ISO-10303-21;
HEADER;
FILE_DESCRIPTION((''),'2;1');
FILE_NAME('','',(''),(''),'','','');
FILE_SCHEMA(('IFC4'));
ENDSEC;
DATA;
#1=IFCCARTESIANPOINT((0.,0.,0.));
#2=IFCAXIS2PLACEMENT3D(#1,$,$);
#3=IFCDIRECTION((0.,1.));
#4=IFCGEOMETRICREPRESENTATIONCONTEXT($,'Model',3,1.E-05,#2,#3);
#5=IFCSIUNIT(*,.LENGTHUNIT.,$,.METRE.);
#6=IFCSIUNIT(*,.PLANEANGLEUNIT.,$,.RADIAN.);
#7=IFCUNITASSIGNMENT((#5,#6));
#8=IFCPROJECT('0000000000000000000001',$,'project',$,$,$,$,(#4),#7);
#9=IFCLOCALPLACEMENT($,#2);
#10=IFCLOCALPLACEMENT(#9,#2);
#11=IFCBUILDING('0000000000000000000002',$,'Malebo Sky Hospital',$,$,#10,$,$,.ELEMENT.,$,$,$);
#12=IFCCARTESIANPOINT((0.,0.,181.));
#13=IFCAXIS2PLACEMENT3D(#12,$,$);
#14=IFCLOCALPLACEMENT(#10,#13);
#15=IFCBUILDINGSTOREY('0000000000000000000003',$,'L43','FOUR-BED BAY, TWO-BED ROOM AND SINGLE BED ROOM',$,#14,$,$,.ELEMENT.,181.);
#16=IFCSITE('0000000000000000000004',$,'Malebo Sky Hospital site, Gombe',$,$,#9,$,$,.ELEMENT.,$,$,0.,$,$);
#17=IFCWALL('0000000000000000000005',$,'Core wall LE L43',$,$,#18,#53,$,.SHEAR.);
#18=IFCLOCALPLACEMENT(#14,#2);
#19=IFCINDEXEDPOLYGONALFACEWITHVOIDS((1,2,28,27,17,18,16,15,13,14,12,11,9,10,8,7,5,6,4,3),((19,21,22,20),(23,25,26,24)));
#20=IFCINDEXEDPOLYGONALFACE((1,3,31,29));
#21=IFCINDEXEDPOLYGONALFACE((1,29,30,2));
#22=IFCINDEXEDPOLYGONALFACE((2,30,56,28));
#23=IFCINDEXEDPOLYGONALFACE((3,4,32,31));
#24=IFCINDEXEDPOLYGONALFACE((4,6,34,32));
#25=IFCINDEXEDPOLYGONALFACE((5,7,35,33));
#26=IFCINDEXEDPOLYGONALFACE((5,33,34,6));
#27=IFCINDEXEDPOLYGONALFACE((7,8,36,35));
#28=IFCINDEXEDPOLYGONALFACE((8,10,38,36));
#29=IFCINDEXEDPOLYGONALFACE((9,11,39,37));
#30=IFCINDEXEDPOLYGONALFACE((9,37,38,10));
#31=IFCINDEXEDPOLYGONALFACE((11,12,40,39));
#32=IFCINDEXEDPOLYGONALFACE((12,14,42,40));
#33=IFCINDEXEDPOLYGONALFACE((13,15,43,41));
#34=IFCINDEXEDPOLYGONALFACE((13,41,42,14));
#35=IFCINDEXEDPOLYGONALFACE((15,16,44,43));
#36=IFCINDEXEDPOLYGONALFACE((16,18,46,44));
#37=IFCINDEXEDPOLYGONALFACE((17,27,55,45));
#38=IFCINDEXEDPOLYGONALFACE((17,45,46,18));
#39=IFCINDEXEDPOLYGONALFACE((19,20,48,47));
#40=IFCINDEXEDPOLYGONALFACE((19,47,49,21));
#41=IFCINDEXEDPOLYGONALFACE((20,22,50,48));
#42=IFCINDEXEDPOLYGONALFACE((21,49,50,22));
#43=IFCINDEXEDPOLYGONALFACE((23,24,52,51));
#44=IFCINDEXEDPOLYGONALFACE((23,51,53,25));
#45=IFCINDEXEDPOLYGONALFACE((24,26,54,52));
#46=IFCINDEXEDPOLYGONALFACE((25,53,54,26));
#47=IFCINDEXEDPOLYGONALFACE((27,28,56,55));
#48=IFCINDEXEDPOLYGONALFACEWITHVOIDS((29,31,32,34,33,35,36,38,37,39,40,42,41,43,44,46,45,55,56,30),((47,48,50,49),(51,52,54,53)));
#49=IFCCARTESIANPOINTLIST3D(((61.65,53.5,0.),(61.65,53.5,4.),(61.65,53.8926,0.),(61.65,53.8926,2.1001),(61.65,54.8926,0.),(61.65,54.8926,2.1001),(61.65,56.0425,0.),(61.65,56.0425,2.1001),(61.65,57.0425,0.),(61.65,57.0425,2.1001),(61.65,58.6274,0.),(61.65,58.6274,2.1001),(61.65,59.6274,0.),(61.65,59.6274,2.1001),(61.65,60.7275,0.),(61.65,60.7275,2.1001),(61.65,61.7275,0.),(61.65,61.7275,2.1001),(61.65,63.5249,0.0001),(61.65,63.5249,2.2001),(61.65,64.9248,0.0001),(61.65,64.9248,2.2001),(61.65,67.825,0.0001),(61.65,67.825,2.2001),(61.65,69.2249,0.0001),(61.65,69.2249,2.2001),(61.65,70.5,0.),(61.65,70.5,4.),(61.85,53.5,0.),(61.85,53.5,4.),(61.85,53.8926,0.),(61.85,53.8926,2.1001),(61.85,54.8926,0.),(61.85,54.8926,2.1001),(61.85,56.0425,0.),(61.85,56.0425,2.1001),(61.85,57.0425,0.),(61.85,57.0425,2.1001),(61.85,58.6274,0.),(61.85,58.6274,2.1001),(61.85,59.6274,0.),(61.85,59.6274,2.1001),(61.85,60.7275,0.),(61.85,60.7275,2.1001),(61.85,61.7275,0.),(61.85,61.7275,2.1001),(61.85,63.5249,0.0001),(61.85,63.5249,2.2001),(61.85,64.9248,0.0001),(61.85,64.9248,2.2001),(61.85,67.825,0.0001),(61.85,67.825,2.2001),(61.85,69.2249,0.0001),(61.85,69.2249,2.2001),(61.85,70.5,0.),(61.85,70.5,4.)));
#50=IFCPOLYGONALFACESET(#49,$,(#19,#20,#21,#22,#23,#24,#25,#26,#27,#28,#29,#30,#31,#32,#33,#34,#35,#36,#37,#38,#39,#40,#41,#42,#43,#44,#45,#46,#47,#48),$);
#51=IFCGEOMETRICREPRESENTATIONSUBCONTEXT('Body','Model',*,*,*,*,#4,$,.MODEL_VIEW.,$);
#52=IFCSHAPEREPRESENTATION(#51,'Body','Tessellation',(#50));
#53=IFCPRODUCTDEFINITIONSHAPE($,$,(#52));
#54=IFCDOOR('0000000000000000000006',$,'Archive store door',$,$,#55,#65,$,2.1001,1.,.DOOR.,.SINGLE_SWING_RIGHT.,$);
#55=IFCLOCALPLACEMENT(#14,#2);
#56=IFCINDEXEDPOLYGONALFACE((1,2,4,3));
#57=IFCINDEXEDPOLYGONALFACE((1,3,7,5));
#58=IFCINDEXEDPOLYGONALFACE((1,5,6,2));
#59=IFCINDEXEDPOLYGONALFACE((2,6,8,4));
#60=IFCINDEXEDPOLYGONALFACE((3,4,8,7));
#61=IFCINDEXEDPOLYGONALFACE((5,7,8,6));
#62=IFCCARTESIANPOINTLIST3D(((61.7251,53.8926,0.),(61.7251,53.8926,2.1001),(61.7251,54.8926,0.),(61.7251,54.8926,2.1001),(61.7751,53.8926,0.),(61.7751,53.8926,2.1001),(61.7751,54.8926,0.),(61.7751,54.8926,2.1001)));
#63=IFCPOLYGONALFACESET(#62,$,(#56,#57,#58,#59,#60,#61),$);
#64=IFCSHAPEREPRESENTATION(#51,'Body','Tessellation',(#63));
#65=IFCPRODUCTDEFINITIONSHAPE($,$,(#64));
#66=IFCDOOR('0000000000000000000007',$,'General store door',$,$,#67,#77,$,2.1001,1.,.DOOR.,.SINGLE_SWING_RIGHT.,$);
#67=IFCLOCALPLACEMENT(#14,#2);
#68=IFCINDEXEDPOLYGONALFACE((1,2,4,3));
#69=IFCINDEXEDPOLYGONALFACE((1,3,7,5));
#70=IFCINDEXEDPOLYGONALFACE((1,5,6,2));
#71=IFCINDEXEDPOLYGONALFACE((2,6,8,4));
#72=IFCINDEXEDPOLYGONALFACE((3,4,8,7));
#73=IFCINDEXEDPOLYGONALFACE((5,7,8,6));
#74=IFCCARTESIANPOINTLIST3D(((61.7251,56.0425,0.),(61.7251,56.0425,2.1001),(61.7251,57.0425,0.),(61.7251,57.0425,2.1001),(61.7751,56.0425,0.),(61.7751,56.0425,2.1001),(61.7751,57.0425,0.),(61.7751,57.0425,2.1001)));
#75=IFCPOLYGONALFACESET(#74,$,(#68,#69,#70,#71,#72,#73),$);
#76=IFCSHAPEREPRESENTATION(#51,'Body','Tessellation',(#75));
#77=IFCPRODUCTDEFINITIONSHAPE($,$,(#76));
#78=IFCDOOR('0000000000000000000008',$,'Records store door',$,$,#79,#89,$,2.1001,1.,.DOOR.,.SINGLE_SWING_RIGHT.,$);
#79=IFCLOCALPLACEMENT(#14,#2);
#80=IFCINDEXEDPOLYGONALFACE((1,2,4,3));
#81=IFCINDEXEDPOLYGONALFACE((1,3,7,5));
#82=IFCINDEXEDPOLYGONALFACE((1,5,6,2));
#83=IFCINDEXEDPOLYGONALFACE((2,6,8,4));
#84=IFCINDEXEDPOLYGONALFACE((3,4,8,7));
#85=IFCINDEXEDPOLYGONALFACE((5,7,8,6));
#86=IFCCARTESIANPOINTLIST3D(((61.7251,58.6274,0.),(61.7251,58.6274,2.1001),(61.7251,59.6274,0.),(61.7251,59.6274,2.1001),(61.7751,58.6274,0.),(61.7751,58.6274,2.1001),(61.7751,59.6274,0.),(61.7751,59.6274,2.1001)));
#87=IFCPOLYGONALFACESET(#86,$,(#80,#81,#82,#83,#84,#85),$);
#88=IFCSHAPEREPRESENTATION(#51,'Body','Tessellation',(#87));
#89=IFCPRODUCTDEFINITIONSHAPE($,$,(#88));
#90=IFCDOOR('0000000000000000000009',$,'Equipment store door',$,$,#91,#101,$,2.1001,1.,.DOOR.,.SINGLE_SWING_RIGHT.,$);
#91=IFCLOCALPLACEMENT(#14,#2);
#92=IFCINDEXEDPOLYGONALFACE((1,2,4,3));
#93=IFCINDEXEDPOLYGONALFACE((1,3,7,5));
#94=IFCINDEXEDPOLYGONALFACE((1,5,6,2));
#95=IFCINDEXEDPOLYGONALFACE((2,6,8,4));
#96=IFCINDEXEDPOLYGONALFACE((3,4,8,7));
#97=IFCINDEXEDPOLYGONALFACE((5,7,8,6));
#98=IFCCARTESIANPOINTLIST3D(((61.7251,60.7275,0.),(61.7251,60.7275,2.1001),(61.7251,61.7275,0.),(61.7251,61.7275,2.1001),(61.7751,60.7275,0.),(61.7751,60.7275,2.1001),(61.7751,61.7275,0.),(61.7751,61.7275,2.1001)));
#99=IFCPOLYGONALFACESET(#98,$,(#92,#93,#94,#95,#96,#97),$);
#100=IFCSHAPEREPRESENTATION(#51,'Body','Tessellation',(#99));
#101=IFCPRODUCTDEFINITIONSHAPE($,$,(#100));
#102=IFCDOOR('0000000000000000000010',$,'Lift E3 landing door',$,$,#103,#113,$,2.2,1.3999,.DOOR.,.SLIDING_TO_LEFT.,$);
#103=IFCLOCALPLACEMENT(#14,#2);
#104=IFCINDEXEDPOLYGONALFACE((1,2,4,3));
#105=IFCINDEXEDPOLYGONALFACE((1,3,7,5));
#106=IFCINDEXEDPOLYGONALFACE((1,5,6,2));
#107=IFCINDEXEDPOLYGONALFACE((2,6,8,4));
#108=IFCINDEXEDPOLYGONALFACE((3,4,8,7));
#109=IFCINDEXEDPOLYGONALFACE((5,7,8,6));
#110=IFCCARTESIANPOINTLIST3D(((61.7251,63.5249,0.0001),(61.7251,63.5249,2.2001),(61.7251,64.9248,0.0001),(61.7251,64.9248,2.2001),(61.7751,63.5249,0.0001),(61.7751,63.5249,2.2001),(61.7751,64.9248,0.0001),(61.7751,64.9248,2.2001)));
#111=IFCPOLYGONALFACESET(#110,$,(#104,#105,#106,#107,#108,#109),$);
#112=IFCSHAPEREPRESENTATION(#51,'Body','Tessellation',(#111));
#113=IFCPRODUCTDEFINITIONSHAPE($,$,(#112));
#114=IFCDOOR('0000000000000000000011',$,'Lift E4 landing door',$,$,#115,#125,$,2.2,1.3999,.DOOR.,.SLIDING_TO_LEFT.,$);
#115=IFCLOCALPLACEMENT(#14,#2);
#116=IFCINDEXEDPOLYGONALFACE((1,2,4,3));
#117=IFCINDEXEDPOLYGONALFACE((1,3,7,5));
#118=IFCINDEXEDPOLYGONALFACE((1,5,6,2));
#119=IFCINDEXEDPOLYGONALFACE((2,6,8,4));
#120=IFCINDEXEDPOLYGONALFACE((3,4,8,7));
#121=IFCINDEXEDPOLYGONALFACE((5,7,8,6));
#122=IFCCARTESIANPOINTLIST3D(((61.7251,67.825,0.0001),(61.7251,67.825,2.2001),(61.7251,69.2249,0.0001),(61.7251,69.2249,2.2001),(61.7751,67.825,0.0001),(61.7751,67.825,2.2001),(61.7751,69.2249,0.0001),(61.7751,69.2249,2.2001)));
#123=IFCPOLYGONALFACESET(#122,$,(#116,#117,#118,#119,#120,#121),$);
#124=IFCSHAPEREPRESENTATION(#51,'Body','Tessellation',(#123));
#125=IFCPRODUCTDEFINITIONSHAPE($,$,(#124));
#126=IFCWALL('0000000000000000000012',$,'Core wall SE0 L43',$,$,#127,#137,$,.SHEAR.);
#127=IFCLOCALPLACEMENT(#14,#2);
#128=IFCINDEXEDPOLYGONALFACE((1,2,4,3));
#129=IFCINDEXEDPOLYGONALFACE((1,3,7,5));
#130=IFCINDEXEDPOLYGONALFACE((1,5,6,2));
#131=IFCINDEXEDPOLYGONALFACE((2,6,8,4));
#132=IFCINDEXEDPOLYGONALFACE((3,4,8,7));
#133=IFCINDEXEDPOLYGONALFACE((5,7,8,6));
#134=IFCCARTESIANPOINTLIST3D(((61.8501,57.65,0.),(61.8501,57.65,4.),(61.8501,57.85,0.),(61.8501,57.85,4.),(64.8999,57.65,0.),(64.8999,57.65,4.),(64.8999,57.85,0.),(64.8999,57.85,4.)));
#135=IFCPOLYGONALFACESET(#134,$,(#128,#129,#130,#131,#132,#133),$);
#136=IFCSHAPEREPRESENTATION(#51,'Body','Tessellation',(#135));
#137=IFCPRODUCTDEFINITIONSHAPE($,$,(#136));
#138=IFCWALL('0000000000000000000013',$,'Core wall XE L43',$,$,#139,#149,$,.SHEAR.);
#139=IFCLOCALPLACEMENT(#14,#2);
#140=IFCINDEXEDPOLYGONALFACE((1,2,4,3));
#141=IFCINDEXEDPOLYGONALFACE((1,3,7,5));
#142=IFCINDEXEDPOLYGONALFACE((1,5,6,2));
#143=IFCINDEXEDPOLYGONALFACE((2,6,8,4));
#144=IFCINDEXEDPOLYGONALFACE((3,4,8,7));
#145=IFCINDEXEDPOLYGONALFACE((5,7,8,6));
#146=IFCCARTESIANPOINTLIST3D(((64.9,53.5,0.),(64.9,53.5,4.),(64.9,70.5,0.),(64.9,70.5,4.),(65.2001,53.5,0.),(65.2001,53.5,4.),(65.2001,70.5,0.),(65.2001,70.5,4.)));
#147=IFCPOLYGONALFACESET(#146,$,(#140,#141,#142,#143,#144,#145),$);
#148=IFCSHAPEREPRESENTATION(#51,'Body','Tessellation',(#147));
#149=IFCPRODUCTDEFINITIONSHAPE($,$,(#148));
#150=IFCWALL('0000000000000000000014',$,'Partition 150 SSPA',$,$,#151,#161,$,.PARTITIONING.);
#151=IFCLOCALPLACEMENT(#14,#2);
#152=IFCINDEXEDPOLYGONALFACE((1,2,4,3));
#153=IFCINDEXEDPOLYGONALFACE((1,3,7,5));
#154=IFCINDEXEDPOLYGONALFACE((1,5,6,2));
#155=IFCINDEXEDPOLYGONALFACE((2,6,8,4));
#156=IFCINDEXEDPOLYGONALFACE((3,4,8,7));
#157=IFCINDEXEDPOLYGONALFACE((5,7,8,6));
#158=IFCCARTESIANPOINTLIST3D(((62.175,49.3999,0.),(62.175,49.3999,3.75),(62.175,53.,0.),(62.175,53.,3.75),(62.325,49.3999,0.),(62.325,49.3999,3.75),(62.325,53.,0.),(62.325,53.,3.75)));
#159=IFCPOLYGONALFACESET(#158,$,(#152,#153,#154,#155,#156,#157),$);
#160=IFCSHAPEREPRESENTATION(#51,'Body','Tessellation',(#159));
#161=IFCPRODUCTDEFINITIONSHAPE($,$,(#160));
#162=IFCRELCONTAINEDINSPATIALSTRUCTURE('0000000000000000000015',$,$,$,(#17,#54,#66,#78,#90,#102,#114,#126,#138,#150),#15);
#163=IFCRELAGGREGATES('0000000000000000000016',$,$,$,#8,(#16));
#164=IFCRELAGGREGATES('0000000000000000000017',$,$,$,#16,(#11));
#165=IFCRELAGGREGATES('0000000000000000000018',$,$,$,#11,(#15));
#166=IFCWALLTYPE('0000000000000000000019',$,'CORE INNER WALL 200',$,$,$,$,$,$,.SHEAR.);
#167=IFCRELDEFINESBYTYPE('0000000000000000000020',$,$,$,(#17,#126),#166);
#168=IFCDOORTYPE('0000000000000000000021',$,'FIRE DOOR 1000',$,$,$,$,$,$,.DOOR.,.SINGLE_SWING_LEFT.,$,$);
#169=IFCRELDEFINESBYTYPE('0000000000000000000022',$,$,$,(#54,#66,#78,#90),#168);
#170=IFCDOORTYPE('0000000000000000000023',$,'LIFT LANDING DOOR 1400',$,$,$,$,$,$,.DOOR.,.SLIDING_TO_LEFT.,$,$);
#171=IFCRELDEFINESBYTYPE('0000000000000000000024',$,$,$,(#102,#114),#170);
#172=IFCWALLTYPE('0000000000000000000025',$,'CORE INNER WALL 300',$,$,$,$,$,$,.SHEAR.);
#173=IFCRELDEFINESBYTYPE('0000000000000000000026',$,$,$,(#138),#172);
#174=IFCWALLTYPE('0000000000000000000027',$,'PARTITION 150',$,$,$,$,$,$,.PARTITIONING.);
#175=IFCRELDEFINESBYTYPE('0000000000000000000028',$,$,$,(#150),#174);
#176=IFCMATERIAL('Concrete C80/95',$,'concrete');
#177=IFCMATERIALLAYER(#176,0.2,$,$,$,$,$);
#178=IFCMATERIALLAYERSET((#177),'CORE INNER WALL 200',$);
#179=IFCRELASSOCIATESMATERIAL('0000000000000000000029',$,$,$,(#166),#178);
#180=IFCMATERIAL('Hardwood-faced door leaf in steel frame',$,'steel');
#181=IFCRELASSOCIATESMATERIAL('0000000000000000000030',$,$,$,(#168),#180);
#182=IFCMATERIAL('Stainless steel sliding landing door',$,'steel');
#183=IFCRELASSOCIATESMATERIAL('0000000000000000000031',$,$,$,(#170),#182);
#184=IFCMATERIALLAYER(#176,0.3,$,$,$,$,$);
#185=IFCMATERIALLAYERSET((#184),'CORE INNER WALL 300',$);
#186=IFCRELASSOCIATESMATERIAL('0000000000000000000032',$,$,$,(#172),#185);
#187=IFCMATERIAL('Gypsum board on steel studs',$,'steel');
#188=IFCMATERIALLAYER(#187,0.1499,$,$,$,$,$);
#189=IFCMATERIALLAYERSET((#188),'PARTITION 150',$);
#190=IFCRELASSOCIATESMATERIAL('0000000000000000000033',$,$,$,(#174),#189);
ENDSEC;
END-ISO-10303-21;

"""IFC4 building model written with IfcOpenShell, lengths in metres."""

from ifc_helpers import new_model, si_unit, direction, frame, frame_2d, origin, place, context, subcontext, project, spatial, rectangle, extrude, material, layer, layer_set, type_object, element, fill, save


model = new_model("IFC4")

# Units and contexts
model_context = context("Model", 3, precision=1e-05, world=origin(), true_north=direction((0.0, 1.0)))
body_context = subcontext(model_context, "Body", "Model", "MODEL_VIEW")
ifc_project = project(units=[si_unit("LENGTHUNIT", "METRE"), si_unit("PLANEANGLEUNIT", "RADIAN")], contexts=[model_context])

# Site, building, storey
site_placement = place(None, origin())
site = spatial("IfcSite", under=ifc_project, at=site_placement, Name="Malebo Sky Hospital site, Gombe", CompositionType="ELEMENT", RefElevation=0.0)
building_placement = place(site_placement, origin())
building = spatial("IfcBuilding", under=site, at=building_placement, Name="Malebo Sky Hospital", CompositionType="ELEMENT")
storey_placement = place(building_placement, frame((0.0, 0.0, 181.0)))
storey = spatial("IfcBuildingStorey", under=building, at=storey_placement, Name="L43", Description="FOUR-BED BAY, TWO-BED ROOM AND SINGLE BED ROOM", CompositionType="ELEMENT", Elevation=181.0)

# Wall, openings, doors
ifc_material_1 = material(Name="Concrete C80/95", Category="concrete")
ifc_layer_1 = layer(ifc_material_1, 0.2)
ifc_layer_set_1 = layer_set([ifc_layer_1], Name="CORE INNER WALL 200")
wall_type_1 = type_object("IfcWallType", Name="CORE INNER WALL 200", PredefinedType="SHEAR", material=ifc_layer_set_1)
ifc_material_2 = material(Name="Hardwood-faced door leaf in steel frame", Category="steel")
door_type_1 = type_object("IfcDoorType", Name="FIRE DOOR 1000", OperationType="SINGLE_SWING_LEFT", PredefinedType="DOOR", material=ifc_material_2)
ifc_material_3 = material(Name="Stainless steel sliding landing door", Category="steel")
door_type_2 = type_object("IfcDoorType", Name="LIFT LANDING DOOR 1400", OperationType="SLIDING_TO_LEFT", PredefinedType="DOOR", material=ifc_material_3)
wall_1_placement = place(storey_placement, frame((61.75, 53.5, 0.0), z_axis=(0.0, 0.0, 1.0), x_axis=(0.0, 1.0, 0.0)))
wall_1 = element("IfcWall", 1, at=wall_1_placement, inside=storey, type_object=wall_type_1, Name="Core wall LE L43", PredefinedType="SHEAR", context=body_context, shape_type="SweptSolid", body=[
    extrude(rectangle(XDim=17.0, YDim=0.2, at=frame_2d((8.5, 0.0))), origin(), (0.0, 0.0, 1.0), 4.0),
])
opening_1_placement = place(wall_1_placement, frame((0.3926, 0.0, 0.0)))
opening_1 = element("IfcOpeningElement", 2, at=opening_1_placement, cuts=wall_1, PredefinedType="OPENING", context=body_context, shape_type="SweptSolid", body=[
    extrude(rectangle(XDim=1.0, YDim=2.1001, at=frame_2d((0.5, 1.05))), frame((0.0, 0.1099, 0.0), z_axis=(0.0, -1.0, 0.0), x_axis=(1.0, 0.0, 0.0)), (0.0, 0.0, 1.0), 0.22),
])
opening_2_placement = place(wall_1_placement, frame((2.5425, 0.0, 0.0)))
opening_2 = element("IfcOpeningElement", 3, at=opening_2_placement, cuts=wall_1, PredefinedType="OPENING", context=body_context, shape_type="SweptSolid", body=[
    extrude(rectangle(XDim=1.0, YDim=2.1001, at=frame_2d((0.5, 1.05))), frame((0.0, 0.1099, 0.0), z_axis=(0.0, -1.0, 0.0), x_axis=(1.0, 0.0, 0.0)), (0.0, 0.0, 1.0), 0.22),
])
opening_3_placement = place(wall_1_placement, frame((5.1274, 0.0, 0.0)))
opening_3 = element("IfcOpeningElement", 4, at=opening_3_placement, cuts=wall_1, PredefinedType="OPENING", context=body_context, shape_type="SweptSolid", body=[
    extrude(rectangle(XDim=1.0, YDim=2.1001, at=frame_2d((0.5, 1.05))), frame((0.0, 0.1099, 0.0), z_axis=(0.0, -1.0, 0.0), x_axis=(1.0, 0.0, 0.0)), (0.0, 0.0, 1.0), 0.22),
])
opening_4_placement = place(wall_1_placement, frame((7.2275, 0.0, 0.0)))
opening_4 = element("IfcOpeningElement", 5, at=opening_4_placement, cuts=wall_1, PredefinedType="OPENING", context=body_context, shape_type="SweptSolid", body=[
    extrude(rectangle(XDim=1.0, YDim=2.1001, at=frame_2d((0.5, 1.05))), frame((0.0, 0.1099, 0.0), z_axis=(0.0, -1.0, 0.0), x_axis=(1.0, 0.0, 0.0)), (0.0, 0.0, 1.0), 0.22),
])
opening_5_placement = place(wall_1_placement, frame((10.0249, 0.0, 0.0)))
opening_5 = element("IfcOpeningElement", 6, at=opening_5_placement, cuts=wall_1, PredefinedType="OPENING", context=body_context, shape_type="SweptSolid", body=[
    extrude(rectangle(XDim=1.3999, YDim=2.2, at=frame_2d((0.7, 1.1001))), frame((0.0, 0.1099, 0.0), z_axis=(0.0, -1.0, 0.0), x_axis=(1.0, 0.0, 0.0)), (0.0, 0.0, 1.0), 0.22),
])
opening_6_placement = place(wall_1_placement, frame((14.325, 0.0, 0.0)))
opening_6 = element("IfcOpeningElement", 7, at=opening_6_placement, cuts=wall_1, PredefinedType="OPENING", context=body_context, shape_type="SweptSolid", body=[
    extrude(rectangle(XDim=1.3999, YDim=2.2, at=frame_2d((0.7, 1.1001))), frame((0.0, 0.1099, 0.0), z_axis=(0.0, -1.0, 0.0), x_axis=(1.0, 0.0, 0.0)), (0.0, 0.0, 1.0), 0.22),
])
door_1_placement = place(opening_1_placement, origin())
door_1 = element("IfcDoor", 8, at=door_1_placement, inside=storey, type_object=door_type_1, Name="Archive store door", OperationType="SINGLE_SWING_RIGHT", OverallHeight=2.1001, OverallWidth=1.0, PredefinedType="DOOR", context=body_context, shape_type="SweptSolid", body=[
    extrude(rectangle(XDim=1.0, YDim=2.1001, at=frame_2d((0.5, 1.05))), frame((0.0, 0.0249, 0.0), z_axis=(0.0, -1.0, 0.0), x_axis=(1.0, 0.0, 0.0)), (0.0, 0.0, 1.0), 0.05),
])
fill(opening_1, door_1)
door_2_placement = place(opening_2_placement, origin())
door_2 = element("IfcDoor", 9, at=door_2_placement, inside=storey, type_object=door_type_1, Name="General store door", OperationType="SINGLE_SWING_RIGHT", OverallHeight=2.1001, OverallWidth=1.0, PredefinedType="DOOR", context=body_context, shape_type="SweptSolid", body=[
    extrude(rectangle(XDim=1.0, YDim=2.1001, at=frame_2d((0.5, 1.05))), frame((0.0, 0.0249, 0.0), z_axis=(0.0, -1.0, 0.0), x_axis=(1.0, 0.0, 0.0)), (0.0, 0.0, 1.0), 0.05),
])
fill(opening_2, door_2)
door_3_placement = place(opening_3_placement, origin())
door_3 = element("IfcDoor", 10, at=door_3_placement, inside=storey, type_object=door_type_1, Name="Records store door", OperationType="SINGLE_SWING_RIGHT", OverallHeight=2.1001, OverallWidth=1.0, PredefinedType="DOOR", context=body_context, shape_type="SweptSolid", body=[
    extrude(rectangle(XDim=1.0, YDim=2.1001, at=frame_2d((0.5, 1.05))), frame((0.0, 0.0249, 0.0), z_axis=(0.0, -1.0, 0.0), x_axis=(1.0, 0.0, 0.0)), (0.0, 0.0, 1.0), 0.05),
])
fill(opening_3, door_3)
door_4_placement = place(opening_4_placement, origin())
door_4 = element("IfcDoor", 11, at=door_4_placement, inside=storey, type_object=door_type_1, Name="Equipment store door", OperationType="SINGLE_SWING_RIGHT", OverallHeight=2.1001, OverallWidth=1.0, PredefinedType="DOOR", context=body_context, shape_type="SweptSolid", body=[
    extrude(rectangle(XDim=1.0, YDim=2.1001, at=frame_2d((0.5, 1.05))), frame((0.0, 0.0249, 0.0), z_axis=(0.0, -1.0, 0.0), x_axis=(1.0, 0.0, 0.0)), (0.0, 0.0, 1.0), 0.05),
])
fill(opening_4, door_4)
door_5_placement = place(opening_5_placement, origin())
door_5 = element("IfcDoor", 12, at=door_5_placement, inside=storey, type_object=door_type_2, Name="Lift E3 landing door", OperationType="SLIDING_TO_LEFT", OverallHeight=2.2, OverallWidth=1.3999, PredefinedType="DOOR", context=body_context, shape_type="SweptSolid", body=[
    extrude(rectangle(XDim=1.3999, YDim=2.2, at=frame_2d((0.7, 1.1001))), frame((0.0, 0.0249, 0.0), z_axis=(0.0, -1.0, 0.0), x_axis=(1.0, 0.0, 0.0)), (0.0, 0.0, 1.0), 0.05),
])
fill(opening_5, door_5)
door_6_placement = place(opening_6_placement, origin())
door_6 = element("IfcDoor", 13, at=door_6_placement, inside=storey, type_object=door_type_2, Name="Lift E4 landing door", OperationType="SLIDING_TO_LEFT", OverallHeight=2.2, OverallWidth=1.3999, PredefinedType="DOOR", context=body_context, shape_type="SweptSolid", body=[
    extrude(rectangle(XDim=1.3999, YDim=2.2, at=frame_2d((0.7, 1.1001))), frame((0.0, 0.0249, 0.0), z_axis=(0.0, -1.0, 0.0), x_axis=(1.0, 0.0, 0.0)), (0.0, 0.0, 1.0), 0.05),
])
fill(opening_6, door_6)

# Walls
wall_2_placement = place(storey_placement, frame((61.8501, 57.75, 0.0), z_axis=(0.0, 0.0, 1.0), x_axis=(1.0, 0.0, 0.0)))
element("IfcWall", 14, at=wall_2_placement, inside=storey, type_object=wall_type_1, Name="Core wall SE0 L43", PredefinedType="SHEAR", context=body_context, shape_type="SweptSolid", body=[
    extrude(rectangle(XDim=3.0498, YDim=0.2, at=frame_2d((1.5249, 0.0))), origin(), (0.0, 0.0, 1.0), 4.0),
])
ifc_layer_2 = layer(ifc_material_1, 0.3)
ifc_layer_set_2 = layer_set([ifc_layer_2], Name="CORE INNER WALL 300")
wall_type_2 = type_object("IfcWallType", Name="CORE INNER WALL 300", PredefinedType="SHEAR", material=ifc_layer_set_2)
wall_3_placement = place(storey_placement, frame((65.05, 53.5, 0.0), z_axis=(0.0, 0.0, 1.0), x_axis=(0.0, 1.0, 0.0)))
element("IfcWall", 15, at=wall_3_placement, inside=storey, type_object=wall_type_2, Name="Core wall XE L43", PredefinedType="SHEAR", context=body_context, shape_type="SweptSolid", body=[
    extrude(rectangle(XDim=17.0, YDim=0.3, at=frame_2d((8.5, 0.0))), origin(), (0.0, 0.0, 1.0), 4.0),
])
ifc_material_4 = material(Name="Gypsum board on steel studs", Category="steel")
ifc_layer_3 = layer(ifc_material_4, 0.1499)
ifc_layer_set_3 = layer_set([ifc_layer_3], Name="PARTITION 150")
wall_type_3 = type_object("IfcWallType", Name="PARTITION 150", PredefinedType="PARTITIONING", material=ifc_layer_set_3)
wall_4_placement = place(storey_placement, frame((62.25, 53.0, 0.0), z_axis=(0.0, 0.0, 1.0), x_axis=(0.0, -1.0, 0.0)))
element("IfcWall", 16, at=wall_4_placement, inside=storey, type_object=wall_type_3, Name="Partition 150 SSPA", PredefinedType="PARTITIONING", context=body_context, shape_type="SweptSolid", body=[
    extrude(rectangle(XDim=3.6001, YDim=0.1499, at=frame_2d((1.8, 0.0))), origin(), (0.0, 0.0, 1.0), 3.75),
])

save(model, "model.ifc")
